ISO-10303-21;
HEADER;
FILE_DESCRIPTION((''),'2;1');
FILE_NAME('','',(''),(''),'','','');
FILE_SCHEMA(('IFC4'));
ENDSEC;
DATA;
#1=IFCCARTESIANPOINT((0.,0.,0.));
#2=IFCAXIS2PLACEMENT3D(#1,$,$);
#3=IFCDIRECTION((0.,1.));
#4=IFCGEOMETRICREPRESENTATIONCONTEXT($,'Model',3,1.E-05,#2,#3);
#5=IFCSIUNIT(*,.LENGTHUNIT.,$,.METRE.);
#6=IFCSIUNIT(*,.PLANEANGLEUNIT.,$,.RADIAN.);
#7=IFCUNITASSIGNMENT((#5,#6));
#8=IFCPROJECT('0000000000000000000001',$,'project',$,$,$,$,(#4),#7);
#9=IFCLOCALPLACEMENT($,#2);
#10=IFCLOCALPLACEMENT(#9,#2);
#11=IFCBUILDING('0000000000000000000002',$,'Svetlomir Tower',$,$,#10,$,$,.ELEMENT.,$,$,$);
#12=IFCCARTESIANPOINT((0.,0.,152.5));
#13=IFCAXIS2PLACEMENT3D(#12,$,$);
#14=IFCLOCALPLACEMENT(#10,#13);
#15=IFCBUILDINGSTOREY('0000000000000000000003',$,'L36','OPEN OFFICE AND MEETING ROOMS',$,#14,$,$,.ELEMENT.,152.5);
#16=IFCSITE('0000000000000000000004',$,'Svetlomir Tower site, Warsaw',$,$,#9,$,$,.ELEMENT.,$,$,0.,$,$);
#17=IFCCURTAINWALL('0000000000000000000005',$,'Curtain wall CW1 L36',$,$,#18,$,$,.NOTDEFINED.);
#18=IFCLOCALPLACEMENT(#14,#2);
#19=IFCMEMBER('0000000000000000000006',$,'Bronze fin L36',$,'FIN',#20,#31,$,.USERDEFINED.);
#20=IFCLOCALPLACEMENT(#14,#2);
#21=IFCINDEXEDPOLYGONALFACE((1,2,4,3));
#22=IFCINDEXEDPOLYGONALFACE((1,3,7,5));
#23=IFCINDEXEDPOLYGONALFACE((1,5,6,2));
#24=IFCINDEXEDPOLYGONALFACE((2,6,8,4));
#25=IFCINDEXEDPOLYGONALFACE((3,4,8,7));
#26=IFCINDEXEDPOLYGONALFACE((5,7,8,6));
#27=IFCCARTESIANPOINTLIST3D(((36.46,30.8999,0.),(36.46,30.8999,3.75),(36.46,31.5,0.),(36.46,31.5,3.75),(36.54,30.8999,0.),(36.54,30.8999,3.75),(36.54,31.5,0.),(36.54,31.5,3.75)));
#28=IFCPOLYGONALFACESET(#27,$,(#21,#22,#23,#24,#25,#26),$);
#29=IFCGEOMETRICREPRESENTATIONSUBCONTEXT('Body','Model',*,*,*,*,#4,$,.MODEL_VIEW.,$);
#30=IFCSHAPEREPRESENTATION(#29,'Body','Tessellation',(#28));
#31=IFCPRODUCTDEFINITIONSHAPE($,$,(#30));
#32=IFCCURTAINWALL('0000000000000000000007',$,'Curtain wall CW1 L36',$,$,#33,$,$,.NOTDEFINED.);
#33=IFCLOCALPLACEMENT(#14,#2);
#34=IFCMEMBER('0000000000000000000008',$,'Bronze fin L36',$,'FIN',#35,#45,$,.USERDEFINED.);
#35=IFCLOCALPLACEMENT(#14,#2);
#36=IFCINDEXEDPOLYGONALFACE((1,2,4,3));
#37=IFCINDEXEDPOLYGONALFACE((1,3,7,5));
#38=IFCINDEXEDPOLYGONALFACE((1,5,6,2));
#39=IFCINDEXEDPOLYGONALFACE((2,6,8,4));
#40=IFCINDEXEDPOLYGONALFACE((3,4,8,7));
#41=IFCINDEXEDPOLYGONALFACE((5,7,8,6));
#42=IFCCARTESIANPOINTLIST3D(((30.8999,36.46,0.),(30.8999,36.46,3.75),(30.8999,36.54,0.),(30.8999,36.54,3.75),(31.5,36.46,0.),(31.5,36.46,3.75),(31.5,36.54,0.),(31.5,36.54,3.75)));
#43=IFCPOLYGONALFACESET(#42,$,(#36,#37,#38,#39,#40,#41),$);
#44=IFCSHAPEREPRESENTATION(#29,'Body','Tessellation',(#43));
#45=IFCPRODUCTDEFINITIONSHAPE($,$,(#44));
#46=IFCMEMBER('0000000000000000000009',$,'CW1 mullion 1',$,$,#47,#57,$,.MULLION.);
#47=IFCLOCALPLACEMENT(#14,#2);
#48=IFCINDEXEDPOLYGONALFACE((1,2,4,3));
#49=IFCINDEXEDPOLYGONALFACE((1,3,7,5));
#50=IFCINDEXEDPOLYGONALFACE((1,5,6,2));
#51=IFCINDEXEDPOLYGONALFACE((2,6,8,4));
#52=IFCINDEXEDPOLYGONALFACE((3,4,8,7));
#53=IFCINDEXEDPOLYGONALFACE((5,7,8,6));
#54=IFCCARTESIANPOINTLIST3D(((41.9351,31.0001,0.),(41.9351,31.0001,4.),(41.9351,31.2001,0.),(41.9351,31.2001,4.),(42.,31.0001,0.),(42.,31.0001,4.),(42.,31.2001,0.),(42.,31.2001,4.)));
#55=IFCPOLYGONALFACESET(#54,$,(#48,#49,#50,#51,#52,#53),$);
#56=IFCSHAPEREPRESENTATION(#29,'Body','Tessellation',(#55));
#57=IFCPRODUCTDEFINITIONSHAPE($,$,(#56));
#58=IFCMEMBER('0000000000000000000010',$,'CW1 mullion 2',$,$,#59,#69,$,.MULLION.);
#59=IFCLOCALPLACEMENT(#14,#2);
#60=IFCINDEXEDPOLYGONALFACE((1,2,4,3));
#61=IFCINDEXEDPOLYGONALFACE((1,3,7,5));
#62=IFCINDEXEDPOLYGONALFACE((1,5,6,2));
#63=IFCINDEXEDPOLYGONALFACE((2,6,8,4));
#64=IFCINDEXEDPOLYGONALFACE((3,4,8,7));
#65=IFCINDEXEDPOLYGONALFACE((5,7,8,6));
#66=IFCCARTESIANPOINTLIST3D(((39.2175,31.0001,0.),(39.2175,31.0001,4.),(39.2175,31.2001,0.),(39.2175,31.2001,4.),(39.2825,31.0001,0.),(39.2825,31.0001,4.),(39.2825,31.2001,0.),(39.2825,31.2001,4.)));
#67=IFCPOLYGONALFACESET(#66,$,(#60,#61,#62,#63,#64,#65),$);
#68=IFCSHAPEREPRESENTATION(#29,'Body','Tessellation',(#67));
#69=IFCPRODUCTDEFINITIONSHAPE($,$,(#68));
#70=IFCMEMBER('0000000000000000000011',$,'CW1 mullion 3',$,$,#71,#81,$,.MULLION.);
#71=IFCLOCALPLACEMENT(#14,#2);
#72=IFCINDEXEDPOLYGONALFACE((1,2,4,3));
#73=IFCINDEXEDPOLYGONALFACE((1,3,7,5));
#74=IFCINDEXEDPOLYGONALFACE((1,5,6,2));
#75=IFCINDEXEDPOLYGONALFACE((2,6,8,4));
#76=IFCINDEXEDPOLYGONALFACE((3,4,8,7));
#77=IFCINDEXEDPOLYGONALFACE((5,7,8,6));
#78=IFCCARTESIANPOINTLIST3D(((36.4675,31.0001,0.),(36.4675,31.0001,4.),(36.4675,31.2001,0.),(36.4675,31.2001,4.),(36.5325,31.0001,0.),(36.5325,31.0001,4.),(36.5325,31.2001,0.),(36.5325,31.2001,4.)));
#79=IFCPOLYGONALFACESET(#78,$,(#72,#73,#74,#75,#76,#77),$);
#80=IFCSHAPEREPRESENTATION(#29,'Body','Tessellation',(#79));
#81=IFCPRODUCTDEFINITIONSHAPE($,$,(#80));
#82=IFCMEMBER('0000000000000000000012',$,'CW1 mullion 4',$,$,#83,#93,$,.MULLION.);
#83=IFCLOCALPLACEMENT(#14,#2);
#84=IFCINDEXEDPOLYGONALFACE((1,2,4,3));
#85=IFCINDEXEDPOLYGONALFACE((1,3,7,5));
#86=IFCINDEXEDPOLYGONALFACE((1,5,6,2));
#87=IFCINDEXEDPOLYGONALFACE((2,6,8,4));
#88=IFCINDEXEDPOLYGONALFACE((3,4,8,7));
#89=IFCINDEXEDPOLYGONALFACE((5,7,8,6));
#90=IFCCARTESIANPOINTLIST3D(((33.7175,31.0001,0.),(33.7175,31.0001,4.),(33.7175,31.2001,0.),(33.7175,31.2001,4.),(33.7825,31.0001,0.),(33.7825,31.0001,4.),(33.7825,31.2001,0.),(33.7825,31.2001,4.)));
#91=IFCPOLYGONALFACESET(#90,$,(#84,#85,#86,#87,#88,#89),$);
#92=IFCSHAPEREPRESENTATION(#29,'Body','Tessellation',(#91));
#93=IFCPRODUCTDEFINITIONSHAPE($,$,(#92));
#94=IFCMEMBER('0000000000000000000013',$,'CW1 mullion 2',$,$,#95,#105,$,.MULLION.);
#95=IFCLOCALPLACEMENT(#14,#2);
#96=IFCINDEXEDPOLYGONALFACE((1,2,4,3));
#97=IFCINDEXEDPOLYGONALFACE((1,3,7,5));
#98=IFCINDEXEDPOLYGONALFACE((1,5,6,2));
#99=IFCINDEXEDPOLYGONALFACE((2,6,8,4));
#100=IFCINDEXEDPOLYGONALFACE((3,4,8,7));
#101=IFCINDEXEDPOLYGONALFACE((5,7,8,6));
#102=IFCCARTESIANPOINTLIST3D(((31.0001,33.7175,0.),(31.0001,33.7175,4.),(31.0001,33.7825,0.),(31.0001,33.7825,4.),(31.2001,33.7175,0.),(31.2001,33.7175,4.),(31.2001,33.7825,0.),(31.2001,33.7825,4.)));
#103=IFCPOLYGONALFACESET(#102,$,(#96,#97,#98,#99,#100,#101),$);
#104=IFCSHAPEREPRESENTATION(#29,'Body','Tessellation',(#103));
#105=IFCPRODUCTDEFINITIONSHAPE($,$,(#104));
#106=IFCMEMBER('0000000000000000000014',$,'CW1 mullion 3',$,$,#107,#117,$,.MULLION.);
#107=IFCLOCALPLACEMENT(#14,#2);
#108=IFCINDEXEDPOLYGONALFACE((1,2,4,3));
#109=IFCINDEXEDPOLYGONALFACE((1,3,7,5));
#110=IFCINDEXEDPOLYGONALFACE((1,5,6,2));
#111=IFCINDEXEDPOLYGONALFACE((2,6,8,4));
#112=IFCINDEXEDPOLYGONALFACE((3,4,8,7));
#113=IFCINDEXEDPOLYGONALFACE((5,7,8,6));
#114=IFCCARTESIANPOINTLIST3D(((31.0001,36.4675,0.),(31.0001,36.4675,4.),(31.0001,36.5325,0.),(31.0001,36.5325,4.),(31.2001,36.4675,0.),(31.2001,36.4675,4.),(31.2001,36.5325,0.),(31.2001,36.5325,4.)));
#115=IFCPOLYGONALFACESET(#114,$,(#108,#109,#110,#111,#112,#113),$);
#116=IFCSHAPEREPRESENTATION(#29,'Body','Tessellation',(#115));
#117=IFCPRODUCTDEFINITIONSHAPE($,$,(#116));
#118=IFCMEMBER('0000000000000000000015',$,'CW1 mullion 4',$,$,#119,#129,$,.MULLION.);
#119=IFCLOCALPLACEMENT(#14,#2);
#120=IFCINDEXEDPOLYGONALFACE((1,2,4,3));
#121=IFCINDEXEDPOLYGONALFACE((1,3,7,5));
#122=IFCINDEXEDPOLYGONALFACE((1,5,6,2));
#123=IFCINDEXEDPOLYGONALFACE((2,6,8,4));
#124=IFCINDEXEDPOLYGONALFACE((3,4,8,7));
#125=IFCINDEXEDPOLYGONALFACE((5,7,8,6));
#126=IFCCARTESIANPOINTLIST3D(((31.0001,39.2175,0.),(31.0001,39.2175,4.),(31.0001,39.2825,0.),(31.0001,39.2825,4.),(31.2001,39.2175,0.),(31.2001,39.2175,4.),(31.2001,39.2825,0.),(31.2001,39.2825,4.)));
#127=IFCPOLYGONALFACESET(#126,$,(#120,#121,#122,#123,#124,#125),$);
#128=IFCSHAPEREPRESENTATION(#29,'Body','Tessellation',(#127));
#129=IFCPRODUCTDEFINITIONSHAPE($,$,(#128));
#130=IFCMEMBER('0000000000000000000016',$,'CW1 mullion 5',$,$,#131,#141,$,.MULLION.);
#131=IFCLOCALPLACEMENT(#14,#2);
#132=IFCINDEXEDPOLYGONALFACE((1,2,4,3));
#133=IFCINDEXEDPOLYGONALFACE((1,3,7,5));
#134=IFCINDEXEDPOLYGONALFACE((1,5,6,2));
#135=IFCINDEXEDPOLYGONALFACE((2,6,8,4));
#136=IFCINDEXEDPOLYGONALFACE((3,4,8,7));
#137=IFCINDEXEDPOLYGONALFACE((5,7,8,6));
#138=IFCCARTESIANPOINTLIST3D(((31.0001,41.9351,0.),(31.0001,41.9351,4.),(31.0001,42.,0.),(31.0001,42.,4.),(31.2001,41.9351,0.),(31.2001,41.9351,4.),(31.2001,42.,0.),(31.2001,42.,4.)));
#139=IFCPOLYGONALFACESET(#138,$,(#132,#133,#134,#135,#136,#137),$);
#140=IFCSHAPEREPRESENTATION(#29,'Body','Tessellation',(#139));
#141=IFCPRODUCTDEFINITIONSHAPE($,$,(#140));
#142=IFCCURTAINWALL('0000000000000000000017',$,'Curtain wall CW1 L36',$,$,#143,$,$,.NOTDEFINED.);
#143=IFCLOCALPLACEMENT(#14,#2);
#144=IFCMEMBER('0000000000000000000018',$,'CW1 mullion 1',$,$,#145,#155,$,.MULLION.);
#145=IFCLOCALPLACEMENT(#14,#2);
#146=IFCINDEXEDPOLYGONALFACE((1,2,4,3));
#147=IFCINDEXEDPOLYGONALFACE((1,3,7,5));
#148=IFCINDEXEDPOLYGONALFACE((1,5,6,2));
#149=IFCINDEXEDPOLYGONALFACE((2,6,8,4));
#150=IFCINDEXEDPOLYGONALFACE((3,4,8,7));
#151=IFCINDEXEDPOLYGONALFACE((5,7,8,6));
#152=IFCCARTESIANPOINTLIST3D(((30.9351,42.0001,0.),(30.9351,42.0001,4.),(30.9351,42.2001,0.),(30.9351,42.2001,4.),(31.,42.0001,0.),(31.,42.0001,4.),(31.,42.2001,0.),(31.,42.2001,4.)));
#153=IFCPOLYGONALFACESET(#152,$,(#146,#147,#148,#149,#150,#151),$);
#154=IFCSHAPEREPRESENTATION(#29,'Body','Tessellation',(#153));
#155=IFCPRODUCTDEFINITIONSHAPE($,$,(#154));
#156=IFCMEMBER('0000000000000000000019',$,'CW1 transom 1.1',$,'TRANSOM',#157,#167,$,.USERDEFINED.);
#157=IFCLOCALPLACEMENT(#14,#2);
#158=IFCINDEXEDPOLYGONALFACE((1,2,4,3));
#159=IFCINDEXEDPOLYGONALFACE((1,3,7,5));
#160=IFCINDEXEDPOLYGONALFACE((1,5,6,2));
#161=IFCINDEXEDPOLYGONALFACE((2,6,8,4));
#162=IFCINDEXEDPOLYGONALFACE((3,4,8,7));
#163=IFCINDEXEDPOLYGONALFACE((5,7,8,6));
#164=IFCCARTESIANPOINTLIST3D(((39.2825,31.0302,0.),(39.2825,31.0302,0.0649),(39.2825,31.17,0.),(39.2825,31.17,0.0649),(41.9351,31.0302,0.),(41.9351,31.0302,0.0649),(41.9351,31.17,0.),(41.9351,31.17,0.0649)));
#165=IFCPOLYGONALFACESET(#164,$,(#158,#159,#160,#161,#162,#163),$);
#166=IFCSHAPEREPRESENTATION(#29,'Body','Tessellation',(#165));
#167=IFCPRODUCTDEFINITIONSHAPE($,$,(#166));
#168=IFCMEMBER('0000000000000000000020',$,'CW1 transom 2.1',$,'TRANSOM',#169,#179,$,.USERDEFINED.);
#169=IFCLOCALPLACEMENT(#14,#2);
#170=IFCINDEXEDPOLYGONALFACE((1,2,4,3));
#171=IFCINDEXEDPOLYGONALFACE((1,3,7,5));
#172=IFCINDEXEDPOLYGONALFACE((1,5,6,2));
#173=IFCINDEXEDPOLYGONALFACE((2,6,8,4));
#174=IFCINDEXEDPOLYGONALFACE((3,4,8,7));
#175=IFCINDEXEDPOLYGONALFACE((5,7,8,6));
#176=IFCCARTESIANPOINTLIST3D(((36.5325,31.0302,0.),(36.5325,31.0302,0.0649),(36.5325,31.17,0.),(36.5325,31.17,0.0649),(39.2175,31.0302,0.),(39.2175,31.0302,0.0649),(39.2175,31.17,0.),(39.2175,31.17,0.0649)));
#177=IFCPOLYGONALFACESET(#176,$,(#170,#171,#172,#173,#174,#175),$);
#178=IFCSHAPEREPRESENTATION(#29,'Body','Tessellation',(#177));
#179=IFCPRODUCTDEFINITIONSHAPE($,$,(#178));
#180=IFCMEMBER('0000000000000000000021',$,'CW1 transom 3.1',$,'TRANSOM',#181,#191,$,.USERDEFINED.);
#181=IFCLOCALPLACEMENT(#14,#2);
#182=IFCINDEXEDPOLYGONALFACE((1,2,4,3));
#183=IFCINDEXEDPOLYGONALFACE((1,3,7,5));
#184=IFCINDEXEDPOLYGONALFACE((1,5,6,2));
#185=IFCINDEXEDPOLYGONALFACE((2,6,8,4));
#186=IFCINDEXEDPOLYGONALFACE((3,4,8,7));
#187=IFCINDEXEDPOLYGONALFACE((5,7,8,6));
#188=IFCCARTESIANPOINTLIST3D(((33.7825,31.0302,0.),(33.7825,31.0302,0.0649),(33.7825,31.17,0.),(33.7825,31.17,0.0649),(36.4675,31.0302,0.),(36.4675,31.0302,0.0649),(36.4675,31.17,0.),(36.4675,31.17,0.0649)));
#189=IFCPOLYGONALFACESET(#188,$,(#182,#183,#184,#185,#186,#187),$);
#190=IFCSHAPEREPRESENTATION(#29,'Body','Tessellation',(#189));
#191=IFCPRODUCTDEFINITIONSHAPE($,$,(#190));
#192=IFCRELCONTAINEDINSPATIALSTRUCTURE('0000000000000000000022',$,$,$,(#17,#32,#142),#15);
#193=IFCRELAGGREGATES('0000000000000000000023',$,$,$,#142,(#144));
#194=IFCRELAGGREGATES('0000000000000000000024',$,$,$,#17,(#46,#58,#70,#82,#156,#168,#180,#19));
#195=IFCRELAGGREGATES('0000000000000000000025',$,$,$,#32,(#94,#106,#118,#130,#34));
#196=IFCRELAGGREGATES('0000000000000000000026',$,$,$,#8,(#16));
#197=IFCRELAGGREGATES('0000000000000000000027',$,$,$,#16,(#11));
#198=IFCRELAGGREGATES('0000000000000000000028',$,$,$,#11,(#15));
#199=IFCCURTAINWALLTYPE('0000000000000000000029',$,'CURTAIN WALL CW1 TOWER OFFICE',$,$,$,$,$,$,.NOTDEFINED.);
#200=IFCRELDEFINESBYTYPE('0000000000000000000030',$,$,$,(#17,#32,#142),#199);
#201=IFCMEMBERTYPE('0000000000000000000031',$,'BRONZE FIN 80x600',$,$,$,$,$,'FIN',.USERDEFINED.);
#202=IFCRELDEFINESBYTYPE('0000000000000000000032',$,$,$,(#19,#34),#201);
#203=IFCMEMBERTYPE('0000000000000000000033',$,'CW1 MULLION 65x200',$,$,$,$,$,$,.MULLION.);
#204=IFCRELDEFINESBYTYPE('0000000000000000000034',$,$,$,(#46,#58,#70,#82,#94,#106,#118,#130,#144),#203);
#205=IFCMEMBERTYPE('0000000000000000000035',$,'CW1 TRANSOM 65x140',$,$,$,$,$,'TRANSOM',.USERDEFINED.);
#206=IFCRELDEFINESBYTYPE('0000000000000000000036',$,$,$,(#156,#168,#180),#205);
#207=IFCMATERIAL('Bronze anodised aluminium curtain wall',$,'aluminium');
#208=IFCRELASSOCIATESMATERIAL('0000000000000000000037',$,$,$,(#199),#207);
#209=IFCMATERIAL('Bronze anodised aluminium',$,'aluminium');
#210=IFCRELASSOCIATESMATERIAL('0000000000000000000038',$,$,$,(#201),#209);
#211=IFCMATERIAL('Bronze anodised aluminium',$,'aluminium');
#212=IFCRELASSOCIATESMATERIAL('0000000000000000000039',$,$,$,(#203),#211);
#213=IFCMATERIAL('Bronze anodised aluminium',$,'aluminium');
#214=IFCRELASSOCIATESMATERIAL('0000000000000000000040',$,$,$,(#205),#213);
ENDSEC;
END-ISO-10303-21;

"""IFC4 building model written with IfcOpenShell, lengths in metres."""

from ifc_helpers import new_model, si_unit, direction, frame, origin, origin_2d, place, context, subcontext, project, spatial, rectangle, extrude, material, material_profile, profile_set, type_object, element, aggregate, save


model = new_model("IFC4")

# Units and contexts
model_context = context("Model", 3, precision=1e-05, world=origin(), true_north=direction((0.0, 1.0)))
body_context = subcontext(model_context, "Body", "Model", "MODEL_VIEW")
ifc_project = project(units=[si_unit("LENGTHUNIT", "METRE"), si_unit("PLANEANGLEUNIT", "RADIAN")], contexts=[model_context])

# Site, building, storey
site_placement = place(None, origin())
site = spatial("IfcSite", under=ifc_project, at=site_placement, Name="Svetlomir Tower site, Warsaw", CompositionType="ELEMENT", RefElevation=0.0)
building_placement = place(site_placement, origin())
building = spatial("IfcBuilding", under=site, at=building_placement, Name="Svetlomir Tower", CompositionType="ELEMENT")
storey_placement = place(building_placement, frame((0.0, 0.0, 152.5)))
storey = spatial("IfcBuildingStorey", under=building, at=storey_placement, Name="L36", Description="OPEN OFFICE AND MEETING ROOMS", CompositionType="ELEMENT", Elevation=152.5)

# Curtain walls, members
ifc_material_1 = material(Name="Bronze anodised aluminium curtain wall", Category="aluminium")
curtain_wall_type = type_object("IfcCurtainWallType", Name="CURTAIN WALL CW1 TOWER OFFICE", PredefinedType="NOTDEFINED", material=ifc_material_1)
curtain_wall_1_placement = place(storey_placement, origin())
curtain_wall_1 = element("IfcCurtainWall", 1, at=curtain_wall_1_placement, inside=storey, type_object=curtain_wall_type, Name="Curtain wall CW1 L36", PredefinedType="NOTDEFINED")
ifc_material_2 = material(Name="Bronze anodised aluminium", Category="aluminium")
ifc_material_profile_1 = material_profile(ifc_material_2, rectangle(XDim=0.0801, YDim=0.6001, at=origin_2d()), Name="FIN 80x600")
ifc_profile_set_1 = profile_set([ifc_material_profile_1], Name="Bronze anodised aluminium 6063-T6")
member_type_1 = type_object("IfcMemberType", Name="BRONZE FIN 80x600", ElementType="FIN", PredefinedType="USERDEFINED", material=ifc_profile_set_1)
member_1_placement = place(storey_placement, frame((36.5, 31.2, 0.0), z_axis=(0.0, 0.0, 1.0), x_axis=(1.0, 0.0, 0.0)))
member_1 = element("IfcMember", 2, at=member_1_placement, type_object=member_type_1, Name="Bronze fin L36", ObjectType="FIN", PredefinedType="USERDEFINED", context=body_context, shape_type="SweptSolid", body=[
    extrude(rectangle(XDim=0.0801, YDim=0.6001, at=origin_2d()), origin(), (0.0, 0.0, 1.0), 3.75),
])
curtain_wall_2_placement = place(storey_placement, origin())
curtain_wall_2 = element("IfcCurtainWall", 3, at=curtain_wall_2_placement, inside=storey, type_object=curtain_wall_type, Name="Curtain wall CW1 L36", PredefinedType="NOTDEFINED")
member_2_placement = place(storey_placement, frame((31.2, 36.5, 0.0), z_axis=(0.0, 0.0, 1.0), x_axis=(0.0, 1.0, 0.0)))
member_2 = element("IfcMember", 4, at=member_2_placement, type_object=member_type_1, Name="Bronze fin L36", ObjectType="FIN", PredefinedType="USERDEFINED", context=body_context, shape_type="SweptSolid", body=[
    extrude(rectangle(XDim=0.0801, YDim=0.6001, at=origin_2d()), origin(), (0.0, 0.0, 1.0), 3.75),
])

# Members
ifc_material_3 = material(Name="Bronze anodised aluminium", Category="aluminium")
ifc_material_profile_2 = material_profile(ifc_material_3, rectangle(XDim=0.0649, YDim=0.2, at=origin_2d()), Name="AL 65x200")
ifc_profile_set_2 = profile_set([ifc_material_profile_2], Name="Bronze anodised aluminium 6063-T6")
member_type_2 = type_object("IfcMemberType", Name="CW1 MULLION 65x200", PredefinedType="MULLION", material=ifc_profile_set_2)
member_3_placement = place(storey_placement, frame((41.9675, 31.1001, 0.0), z_axis=(0.0, 0.0, 1.0), x_axis=(-1.0, 0.0, 0.0)))
member_3 = element("IfcMember", 5, at=member_3_placement, type_object=member_type_2, Name="CW1 mullion 1", PredefinedType="MULLION", context=body_context, shape_type="SweptSolid", body=[
    extrude(rectangle(XDim=0.0649, YDim=0.2, at=origin_2d()), origin(), (0.0, 0.0, 1.0), 4.0),
])
member_4_placement = place(storey_placement, frame((39.25, 31.1001, 0.0), z_axis=(0.0, 0.0, 1.0), x_axis=(-1.0, 0.0, 0.0)))
member_4 = element("IfcMember", 6, at=member_4_placement, type_object=member_type_2, Name="CW1 mullion 2", PredefinedType="MULLION", context=body_context, shape_type="SweptSolid", body=[
    extrude(rectangle(XDim=0.0649, YDim=0.2, at=origin_2d()), origin(), (0.0, 0.0, 1.0), 4.0),
])
member_5_placement = place(storey_placement, frame((36.5, 31.1001, 0.0), z_axis=(0.0, 0.0, 1.0), x_axis=(-1.0, 0.0, 0.0)))
member_5 = element("IfcMember", 7, at=member_5_placement, type_object=member_type_2, Name="CW1 mullion 3", PredefinedType="MULLION", context=body_context, shape_type="SweptSolid", body=[
    extrude(rectangle(XDim=0.0649, YDim=0.2, at=origin_2d()), origin(), (0.0, 0.0, 1.0), 4.0),
])
member_6_placement = place(storey_placement, frame((33.75, 31.1001, 0.0), z_axis=(0.0, 0.0, 1.0), x_axis=(-1.0, 0.0, 0.0)))
member_6 = element("IfcMember", 8, at=member_6_placement, type_object=member_type_2, Name="CW1 mullion 4", PredefinedType="MULLION", context=body_context, shape_type="SweptSolid", body=[
    extrude(rectangle(XDim=0.0649, YDim=0.2, at=origin_2d()), origin(), (0.0, 0.0, 1.0), 4.0),
])
member_7_placement = place(storey_placement, frame((31.1001, 33.75, 0.0), z_axis=(0.0, 0.0, 1.0), x_axis=(0.0, 1.0, 0.0)))
member_7 = element("IfcMember", 9, at=member_7_placement, type_object=member_type_2, Name="CW1 mullion 2", PredefinedType="MULLION", context=body_context, shape_type="SweptSolid", body=[
    extrude(rectangle(XDim=0.0649, YDim=0.2, at=origin_2d()), origin(), (0.0, 0.0, 1.0), 4.0),
])
member_8_placement = place(storey_placement, frame((31.1001, 36.5, 0.0), z_axis=(0.0, 0.0, 1.0), x_axis=(0.0, 1.0, 0.0)))
member_8 = element("IfcMember", 10, at=member_8_placement, type_object=member_type_2, Name="CW1 mullion 3", PredefinedType="MULLION", context=body_context, shape_type="SweptSolid", body=[
    extrude(rectangle(XDim=0.0649, YDim=0.2, at=origin_2d()), origin(), (0.0, 0.0, 1.0), 4.0),
])
member_9_placement = place(storey_placement, frame((31.1001, 39.25, 0.0), z_axis=(0.0, 0.0, 1.0), x_axis=(0.0, 1.0, 0.0)))
member_9 = element("IfcMember", 11, at=member_9_placement, type_object=member_type_2, Name="CW1 mullion 4", PredefinedType="MULLION", context=body_context, shape_type="SweptSolid", body=[
    extrude(rectangle(XDim=0.0649, YDim=0.2, at=origin_2d()), origin(), (0.0, 0.0, 1.0), 4.0),
])
member_10_placement = place(storey_placement, frame((31.1001, 41.9675, 0.0), z_axis=(0.0, 0.0, 1.0), x_axis=(0.0, 1.0, 0.0)))
member_10 = element("IfcMember", 12, at=member_10_placement, type_object=member_type_2, Name="CW1 mullion 5", PredefinedType="MULLION", context=body_context, shape_type="SweptSolid", body=[
    extrude(rectangle(XDim=0.0649, YDim=0.2, at=origin_2d()), origin(), (0.0, 0.0, 1.0), 4.0),
])

# Curtain wall, member
curtain_wall_3_placement = place(storey_placement, origin())
curtain_wall_3 = element("IfcCurtainWall", 13, at=curtain_wall_3_placement, inside=storey, type_object=curtain_wall_type, Name="Curtain wall CW1 L36", PredefinedType="NOTDEFINED")
member_11_placement = place(storey_placement, frame((30.9675, 42.1001, 0.0), z_axis=(0.0, 0.0, 1.0), x_axis=(-1.0, 0.0, 0.0)))
member_11 = element("IfcMember", 14, at=member_11_placement, type_object=member_type_2, Name="CW1 mullion 1", PredefinedType="MULLION", context=body_context, shape_type="SweptSolid", body=[
    extrude(rectangle(XDim=0.0649, YDim=0.2, at=origin_2d()), origin(), (0.0, 0.0, 1.0), 4.0),
])

# Members
ifc_material_4 = material(Name="Bronze anodised aluminium", Category="aluminium")
ifc_material_profile_3 = material_profile(ifc_material_4, rectangle(XDim=0.1399, YDim=0.0649, at=origin_2d()), Name="AL 140x65")
ifc_profile_set_3 = profile_set([ifc_material_profile_3], Name="Bronze anodised aluminium 6063-T6")
member_type_3 = type_object("IfcMemberType", Name="CW1 TRANSOM 65x140", ElementType="TRANSOM", PredefinedType="USERDEFINED", material=ifc_profile_set_3)
member_12_placement = place(storey_placement, frame((41.9351, 31.1001, 0.0325), z_axis=(-1.0, 0.0, 0.0), x_axis=(0.0, -1.0, 0.0)))
member_12 = element("IfcMember", 15, at=member_12_placement, type_object=member_type_3, Name="CW1 transom 1.1", ObjectType="TRANSOM", PredefinedType="USERDEFINED", context=body_context, shape_type="SweptSolid", body=[
    extrude(rectangle(XDim=0.1399, YDim=0.0649, at=origin_2d()), origin(), (0.0, 0.0, 1.0), 2.6526),
])
member_13_placement = place(storey_placement, frame((39.2175, 31.1001, 0.0325), z_axis=(-1.0, 0.0, 0.0), x_axis=(0.0, -1.0, 0.0)))
member_13 = element("IfcMember", 16, at=member_13_placement, type_object=member_type_3, Name="CW1 transom 2.1", ObjectType="TRANSOM", PredefinedType="USERDEFINED", context=body_context, shape_type="SweptSolid", body=[
    extrude(rectangle(XDim=0.1399, YDim=0.0649, at=origin_2d()), origin(), (0.0, 0.0, 1.0), 2.6851),
])
member_14_placement = place(storey_placement, frame((36.4675, 31.1001, 0.0325), z_axis=(-1.0, 0.0, 0.0), x_axis=(0.0, -1.0, 0.0)))
member_14 = element("IfcMember", 17, at=member_14_placement, type_object=member_type_3, Name="CW1 transom 3.1", ObjectType="TRANSOM", PredefinedType="USERDEFINED", context=body_context, shape_type="SweptSolid", body=[
    extrude(rectangle(XDim=0.1399, YDim=0.0649, at=origin_2d()), origin(), (0.0, 0.0, 1.0), 2.6851),
])
aggregate(curtain_wall_3, [member_11])

aggregate(curtain_wall_1, [member_3, member_4, member_5, member_6, member_12, member_13, member_14, member_1])
aggregate(curtain_wall_2, [member_7, member_8, member_9, member_10, member_2])

save(model, "model.ifc")
